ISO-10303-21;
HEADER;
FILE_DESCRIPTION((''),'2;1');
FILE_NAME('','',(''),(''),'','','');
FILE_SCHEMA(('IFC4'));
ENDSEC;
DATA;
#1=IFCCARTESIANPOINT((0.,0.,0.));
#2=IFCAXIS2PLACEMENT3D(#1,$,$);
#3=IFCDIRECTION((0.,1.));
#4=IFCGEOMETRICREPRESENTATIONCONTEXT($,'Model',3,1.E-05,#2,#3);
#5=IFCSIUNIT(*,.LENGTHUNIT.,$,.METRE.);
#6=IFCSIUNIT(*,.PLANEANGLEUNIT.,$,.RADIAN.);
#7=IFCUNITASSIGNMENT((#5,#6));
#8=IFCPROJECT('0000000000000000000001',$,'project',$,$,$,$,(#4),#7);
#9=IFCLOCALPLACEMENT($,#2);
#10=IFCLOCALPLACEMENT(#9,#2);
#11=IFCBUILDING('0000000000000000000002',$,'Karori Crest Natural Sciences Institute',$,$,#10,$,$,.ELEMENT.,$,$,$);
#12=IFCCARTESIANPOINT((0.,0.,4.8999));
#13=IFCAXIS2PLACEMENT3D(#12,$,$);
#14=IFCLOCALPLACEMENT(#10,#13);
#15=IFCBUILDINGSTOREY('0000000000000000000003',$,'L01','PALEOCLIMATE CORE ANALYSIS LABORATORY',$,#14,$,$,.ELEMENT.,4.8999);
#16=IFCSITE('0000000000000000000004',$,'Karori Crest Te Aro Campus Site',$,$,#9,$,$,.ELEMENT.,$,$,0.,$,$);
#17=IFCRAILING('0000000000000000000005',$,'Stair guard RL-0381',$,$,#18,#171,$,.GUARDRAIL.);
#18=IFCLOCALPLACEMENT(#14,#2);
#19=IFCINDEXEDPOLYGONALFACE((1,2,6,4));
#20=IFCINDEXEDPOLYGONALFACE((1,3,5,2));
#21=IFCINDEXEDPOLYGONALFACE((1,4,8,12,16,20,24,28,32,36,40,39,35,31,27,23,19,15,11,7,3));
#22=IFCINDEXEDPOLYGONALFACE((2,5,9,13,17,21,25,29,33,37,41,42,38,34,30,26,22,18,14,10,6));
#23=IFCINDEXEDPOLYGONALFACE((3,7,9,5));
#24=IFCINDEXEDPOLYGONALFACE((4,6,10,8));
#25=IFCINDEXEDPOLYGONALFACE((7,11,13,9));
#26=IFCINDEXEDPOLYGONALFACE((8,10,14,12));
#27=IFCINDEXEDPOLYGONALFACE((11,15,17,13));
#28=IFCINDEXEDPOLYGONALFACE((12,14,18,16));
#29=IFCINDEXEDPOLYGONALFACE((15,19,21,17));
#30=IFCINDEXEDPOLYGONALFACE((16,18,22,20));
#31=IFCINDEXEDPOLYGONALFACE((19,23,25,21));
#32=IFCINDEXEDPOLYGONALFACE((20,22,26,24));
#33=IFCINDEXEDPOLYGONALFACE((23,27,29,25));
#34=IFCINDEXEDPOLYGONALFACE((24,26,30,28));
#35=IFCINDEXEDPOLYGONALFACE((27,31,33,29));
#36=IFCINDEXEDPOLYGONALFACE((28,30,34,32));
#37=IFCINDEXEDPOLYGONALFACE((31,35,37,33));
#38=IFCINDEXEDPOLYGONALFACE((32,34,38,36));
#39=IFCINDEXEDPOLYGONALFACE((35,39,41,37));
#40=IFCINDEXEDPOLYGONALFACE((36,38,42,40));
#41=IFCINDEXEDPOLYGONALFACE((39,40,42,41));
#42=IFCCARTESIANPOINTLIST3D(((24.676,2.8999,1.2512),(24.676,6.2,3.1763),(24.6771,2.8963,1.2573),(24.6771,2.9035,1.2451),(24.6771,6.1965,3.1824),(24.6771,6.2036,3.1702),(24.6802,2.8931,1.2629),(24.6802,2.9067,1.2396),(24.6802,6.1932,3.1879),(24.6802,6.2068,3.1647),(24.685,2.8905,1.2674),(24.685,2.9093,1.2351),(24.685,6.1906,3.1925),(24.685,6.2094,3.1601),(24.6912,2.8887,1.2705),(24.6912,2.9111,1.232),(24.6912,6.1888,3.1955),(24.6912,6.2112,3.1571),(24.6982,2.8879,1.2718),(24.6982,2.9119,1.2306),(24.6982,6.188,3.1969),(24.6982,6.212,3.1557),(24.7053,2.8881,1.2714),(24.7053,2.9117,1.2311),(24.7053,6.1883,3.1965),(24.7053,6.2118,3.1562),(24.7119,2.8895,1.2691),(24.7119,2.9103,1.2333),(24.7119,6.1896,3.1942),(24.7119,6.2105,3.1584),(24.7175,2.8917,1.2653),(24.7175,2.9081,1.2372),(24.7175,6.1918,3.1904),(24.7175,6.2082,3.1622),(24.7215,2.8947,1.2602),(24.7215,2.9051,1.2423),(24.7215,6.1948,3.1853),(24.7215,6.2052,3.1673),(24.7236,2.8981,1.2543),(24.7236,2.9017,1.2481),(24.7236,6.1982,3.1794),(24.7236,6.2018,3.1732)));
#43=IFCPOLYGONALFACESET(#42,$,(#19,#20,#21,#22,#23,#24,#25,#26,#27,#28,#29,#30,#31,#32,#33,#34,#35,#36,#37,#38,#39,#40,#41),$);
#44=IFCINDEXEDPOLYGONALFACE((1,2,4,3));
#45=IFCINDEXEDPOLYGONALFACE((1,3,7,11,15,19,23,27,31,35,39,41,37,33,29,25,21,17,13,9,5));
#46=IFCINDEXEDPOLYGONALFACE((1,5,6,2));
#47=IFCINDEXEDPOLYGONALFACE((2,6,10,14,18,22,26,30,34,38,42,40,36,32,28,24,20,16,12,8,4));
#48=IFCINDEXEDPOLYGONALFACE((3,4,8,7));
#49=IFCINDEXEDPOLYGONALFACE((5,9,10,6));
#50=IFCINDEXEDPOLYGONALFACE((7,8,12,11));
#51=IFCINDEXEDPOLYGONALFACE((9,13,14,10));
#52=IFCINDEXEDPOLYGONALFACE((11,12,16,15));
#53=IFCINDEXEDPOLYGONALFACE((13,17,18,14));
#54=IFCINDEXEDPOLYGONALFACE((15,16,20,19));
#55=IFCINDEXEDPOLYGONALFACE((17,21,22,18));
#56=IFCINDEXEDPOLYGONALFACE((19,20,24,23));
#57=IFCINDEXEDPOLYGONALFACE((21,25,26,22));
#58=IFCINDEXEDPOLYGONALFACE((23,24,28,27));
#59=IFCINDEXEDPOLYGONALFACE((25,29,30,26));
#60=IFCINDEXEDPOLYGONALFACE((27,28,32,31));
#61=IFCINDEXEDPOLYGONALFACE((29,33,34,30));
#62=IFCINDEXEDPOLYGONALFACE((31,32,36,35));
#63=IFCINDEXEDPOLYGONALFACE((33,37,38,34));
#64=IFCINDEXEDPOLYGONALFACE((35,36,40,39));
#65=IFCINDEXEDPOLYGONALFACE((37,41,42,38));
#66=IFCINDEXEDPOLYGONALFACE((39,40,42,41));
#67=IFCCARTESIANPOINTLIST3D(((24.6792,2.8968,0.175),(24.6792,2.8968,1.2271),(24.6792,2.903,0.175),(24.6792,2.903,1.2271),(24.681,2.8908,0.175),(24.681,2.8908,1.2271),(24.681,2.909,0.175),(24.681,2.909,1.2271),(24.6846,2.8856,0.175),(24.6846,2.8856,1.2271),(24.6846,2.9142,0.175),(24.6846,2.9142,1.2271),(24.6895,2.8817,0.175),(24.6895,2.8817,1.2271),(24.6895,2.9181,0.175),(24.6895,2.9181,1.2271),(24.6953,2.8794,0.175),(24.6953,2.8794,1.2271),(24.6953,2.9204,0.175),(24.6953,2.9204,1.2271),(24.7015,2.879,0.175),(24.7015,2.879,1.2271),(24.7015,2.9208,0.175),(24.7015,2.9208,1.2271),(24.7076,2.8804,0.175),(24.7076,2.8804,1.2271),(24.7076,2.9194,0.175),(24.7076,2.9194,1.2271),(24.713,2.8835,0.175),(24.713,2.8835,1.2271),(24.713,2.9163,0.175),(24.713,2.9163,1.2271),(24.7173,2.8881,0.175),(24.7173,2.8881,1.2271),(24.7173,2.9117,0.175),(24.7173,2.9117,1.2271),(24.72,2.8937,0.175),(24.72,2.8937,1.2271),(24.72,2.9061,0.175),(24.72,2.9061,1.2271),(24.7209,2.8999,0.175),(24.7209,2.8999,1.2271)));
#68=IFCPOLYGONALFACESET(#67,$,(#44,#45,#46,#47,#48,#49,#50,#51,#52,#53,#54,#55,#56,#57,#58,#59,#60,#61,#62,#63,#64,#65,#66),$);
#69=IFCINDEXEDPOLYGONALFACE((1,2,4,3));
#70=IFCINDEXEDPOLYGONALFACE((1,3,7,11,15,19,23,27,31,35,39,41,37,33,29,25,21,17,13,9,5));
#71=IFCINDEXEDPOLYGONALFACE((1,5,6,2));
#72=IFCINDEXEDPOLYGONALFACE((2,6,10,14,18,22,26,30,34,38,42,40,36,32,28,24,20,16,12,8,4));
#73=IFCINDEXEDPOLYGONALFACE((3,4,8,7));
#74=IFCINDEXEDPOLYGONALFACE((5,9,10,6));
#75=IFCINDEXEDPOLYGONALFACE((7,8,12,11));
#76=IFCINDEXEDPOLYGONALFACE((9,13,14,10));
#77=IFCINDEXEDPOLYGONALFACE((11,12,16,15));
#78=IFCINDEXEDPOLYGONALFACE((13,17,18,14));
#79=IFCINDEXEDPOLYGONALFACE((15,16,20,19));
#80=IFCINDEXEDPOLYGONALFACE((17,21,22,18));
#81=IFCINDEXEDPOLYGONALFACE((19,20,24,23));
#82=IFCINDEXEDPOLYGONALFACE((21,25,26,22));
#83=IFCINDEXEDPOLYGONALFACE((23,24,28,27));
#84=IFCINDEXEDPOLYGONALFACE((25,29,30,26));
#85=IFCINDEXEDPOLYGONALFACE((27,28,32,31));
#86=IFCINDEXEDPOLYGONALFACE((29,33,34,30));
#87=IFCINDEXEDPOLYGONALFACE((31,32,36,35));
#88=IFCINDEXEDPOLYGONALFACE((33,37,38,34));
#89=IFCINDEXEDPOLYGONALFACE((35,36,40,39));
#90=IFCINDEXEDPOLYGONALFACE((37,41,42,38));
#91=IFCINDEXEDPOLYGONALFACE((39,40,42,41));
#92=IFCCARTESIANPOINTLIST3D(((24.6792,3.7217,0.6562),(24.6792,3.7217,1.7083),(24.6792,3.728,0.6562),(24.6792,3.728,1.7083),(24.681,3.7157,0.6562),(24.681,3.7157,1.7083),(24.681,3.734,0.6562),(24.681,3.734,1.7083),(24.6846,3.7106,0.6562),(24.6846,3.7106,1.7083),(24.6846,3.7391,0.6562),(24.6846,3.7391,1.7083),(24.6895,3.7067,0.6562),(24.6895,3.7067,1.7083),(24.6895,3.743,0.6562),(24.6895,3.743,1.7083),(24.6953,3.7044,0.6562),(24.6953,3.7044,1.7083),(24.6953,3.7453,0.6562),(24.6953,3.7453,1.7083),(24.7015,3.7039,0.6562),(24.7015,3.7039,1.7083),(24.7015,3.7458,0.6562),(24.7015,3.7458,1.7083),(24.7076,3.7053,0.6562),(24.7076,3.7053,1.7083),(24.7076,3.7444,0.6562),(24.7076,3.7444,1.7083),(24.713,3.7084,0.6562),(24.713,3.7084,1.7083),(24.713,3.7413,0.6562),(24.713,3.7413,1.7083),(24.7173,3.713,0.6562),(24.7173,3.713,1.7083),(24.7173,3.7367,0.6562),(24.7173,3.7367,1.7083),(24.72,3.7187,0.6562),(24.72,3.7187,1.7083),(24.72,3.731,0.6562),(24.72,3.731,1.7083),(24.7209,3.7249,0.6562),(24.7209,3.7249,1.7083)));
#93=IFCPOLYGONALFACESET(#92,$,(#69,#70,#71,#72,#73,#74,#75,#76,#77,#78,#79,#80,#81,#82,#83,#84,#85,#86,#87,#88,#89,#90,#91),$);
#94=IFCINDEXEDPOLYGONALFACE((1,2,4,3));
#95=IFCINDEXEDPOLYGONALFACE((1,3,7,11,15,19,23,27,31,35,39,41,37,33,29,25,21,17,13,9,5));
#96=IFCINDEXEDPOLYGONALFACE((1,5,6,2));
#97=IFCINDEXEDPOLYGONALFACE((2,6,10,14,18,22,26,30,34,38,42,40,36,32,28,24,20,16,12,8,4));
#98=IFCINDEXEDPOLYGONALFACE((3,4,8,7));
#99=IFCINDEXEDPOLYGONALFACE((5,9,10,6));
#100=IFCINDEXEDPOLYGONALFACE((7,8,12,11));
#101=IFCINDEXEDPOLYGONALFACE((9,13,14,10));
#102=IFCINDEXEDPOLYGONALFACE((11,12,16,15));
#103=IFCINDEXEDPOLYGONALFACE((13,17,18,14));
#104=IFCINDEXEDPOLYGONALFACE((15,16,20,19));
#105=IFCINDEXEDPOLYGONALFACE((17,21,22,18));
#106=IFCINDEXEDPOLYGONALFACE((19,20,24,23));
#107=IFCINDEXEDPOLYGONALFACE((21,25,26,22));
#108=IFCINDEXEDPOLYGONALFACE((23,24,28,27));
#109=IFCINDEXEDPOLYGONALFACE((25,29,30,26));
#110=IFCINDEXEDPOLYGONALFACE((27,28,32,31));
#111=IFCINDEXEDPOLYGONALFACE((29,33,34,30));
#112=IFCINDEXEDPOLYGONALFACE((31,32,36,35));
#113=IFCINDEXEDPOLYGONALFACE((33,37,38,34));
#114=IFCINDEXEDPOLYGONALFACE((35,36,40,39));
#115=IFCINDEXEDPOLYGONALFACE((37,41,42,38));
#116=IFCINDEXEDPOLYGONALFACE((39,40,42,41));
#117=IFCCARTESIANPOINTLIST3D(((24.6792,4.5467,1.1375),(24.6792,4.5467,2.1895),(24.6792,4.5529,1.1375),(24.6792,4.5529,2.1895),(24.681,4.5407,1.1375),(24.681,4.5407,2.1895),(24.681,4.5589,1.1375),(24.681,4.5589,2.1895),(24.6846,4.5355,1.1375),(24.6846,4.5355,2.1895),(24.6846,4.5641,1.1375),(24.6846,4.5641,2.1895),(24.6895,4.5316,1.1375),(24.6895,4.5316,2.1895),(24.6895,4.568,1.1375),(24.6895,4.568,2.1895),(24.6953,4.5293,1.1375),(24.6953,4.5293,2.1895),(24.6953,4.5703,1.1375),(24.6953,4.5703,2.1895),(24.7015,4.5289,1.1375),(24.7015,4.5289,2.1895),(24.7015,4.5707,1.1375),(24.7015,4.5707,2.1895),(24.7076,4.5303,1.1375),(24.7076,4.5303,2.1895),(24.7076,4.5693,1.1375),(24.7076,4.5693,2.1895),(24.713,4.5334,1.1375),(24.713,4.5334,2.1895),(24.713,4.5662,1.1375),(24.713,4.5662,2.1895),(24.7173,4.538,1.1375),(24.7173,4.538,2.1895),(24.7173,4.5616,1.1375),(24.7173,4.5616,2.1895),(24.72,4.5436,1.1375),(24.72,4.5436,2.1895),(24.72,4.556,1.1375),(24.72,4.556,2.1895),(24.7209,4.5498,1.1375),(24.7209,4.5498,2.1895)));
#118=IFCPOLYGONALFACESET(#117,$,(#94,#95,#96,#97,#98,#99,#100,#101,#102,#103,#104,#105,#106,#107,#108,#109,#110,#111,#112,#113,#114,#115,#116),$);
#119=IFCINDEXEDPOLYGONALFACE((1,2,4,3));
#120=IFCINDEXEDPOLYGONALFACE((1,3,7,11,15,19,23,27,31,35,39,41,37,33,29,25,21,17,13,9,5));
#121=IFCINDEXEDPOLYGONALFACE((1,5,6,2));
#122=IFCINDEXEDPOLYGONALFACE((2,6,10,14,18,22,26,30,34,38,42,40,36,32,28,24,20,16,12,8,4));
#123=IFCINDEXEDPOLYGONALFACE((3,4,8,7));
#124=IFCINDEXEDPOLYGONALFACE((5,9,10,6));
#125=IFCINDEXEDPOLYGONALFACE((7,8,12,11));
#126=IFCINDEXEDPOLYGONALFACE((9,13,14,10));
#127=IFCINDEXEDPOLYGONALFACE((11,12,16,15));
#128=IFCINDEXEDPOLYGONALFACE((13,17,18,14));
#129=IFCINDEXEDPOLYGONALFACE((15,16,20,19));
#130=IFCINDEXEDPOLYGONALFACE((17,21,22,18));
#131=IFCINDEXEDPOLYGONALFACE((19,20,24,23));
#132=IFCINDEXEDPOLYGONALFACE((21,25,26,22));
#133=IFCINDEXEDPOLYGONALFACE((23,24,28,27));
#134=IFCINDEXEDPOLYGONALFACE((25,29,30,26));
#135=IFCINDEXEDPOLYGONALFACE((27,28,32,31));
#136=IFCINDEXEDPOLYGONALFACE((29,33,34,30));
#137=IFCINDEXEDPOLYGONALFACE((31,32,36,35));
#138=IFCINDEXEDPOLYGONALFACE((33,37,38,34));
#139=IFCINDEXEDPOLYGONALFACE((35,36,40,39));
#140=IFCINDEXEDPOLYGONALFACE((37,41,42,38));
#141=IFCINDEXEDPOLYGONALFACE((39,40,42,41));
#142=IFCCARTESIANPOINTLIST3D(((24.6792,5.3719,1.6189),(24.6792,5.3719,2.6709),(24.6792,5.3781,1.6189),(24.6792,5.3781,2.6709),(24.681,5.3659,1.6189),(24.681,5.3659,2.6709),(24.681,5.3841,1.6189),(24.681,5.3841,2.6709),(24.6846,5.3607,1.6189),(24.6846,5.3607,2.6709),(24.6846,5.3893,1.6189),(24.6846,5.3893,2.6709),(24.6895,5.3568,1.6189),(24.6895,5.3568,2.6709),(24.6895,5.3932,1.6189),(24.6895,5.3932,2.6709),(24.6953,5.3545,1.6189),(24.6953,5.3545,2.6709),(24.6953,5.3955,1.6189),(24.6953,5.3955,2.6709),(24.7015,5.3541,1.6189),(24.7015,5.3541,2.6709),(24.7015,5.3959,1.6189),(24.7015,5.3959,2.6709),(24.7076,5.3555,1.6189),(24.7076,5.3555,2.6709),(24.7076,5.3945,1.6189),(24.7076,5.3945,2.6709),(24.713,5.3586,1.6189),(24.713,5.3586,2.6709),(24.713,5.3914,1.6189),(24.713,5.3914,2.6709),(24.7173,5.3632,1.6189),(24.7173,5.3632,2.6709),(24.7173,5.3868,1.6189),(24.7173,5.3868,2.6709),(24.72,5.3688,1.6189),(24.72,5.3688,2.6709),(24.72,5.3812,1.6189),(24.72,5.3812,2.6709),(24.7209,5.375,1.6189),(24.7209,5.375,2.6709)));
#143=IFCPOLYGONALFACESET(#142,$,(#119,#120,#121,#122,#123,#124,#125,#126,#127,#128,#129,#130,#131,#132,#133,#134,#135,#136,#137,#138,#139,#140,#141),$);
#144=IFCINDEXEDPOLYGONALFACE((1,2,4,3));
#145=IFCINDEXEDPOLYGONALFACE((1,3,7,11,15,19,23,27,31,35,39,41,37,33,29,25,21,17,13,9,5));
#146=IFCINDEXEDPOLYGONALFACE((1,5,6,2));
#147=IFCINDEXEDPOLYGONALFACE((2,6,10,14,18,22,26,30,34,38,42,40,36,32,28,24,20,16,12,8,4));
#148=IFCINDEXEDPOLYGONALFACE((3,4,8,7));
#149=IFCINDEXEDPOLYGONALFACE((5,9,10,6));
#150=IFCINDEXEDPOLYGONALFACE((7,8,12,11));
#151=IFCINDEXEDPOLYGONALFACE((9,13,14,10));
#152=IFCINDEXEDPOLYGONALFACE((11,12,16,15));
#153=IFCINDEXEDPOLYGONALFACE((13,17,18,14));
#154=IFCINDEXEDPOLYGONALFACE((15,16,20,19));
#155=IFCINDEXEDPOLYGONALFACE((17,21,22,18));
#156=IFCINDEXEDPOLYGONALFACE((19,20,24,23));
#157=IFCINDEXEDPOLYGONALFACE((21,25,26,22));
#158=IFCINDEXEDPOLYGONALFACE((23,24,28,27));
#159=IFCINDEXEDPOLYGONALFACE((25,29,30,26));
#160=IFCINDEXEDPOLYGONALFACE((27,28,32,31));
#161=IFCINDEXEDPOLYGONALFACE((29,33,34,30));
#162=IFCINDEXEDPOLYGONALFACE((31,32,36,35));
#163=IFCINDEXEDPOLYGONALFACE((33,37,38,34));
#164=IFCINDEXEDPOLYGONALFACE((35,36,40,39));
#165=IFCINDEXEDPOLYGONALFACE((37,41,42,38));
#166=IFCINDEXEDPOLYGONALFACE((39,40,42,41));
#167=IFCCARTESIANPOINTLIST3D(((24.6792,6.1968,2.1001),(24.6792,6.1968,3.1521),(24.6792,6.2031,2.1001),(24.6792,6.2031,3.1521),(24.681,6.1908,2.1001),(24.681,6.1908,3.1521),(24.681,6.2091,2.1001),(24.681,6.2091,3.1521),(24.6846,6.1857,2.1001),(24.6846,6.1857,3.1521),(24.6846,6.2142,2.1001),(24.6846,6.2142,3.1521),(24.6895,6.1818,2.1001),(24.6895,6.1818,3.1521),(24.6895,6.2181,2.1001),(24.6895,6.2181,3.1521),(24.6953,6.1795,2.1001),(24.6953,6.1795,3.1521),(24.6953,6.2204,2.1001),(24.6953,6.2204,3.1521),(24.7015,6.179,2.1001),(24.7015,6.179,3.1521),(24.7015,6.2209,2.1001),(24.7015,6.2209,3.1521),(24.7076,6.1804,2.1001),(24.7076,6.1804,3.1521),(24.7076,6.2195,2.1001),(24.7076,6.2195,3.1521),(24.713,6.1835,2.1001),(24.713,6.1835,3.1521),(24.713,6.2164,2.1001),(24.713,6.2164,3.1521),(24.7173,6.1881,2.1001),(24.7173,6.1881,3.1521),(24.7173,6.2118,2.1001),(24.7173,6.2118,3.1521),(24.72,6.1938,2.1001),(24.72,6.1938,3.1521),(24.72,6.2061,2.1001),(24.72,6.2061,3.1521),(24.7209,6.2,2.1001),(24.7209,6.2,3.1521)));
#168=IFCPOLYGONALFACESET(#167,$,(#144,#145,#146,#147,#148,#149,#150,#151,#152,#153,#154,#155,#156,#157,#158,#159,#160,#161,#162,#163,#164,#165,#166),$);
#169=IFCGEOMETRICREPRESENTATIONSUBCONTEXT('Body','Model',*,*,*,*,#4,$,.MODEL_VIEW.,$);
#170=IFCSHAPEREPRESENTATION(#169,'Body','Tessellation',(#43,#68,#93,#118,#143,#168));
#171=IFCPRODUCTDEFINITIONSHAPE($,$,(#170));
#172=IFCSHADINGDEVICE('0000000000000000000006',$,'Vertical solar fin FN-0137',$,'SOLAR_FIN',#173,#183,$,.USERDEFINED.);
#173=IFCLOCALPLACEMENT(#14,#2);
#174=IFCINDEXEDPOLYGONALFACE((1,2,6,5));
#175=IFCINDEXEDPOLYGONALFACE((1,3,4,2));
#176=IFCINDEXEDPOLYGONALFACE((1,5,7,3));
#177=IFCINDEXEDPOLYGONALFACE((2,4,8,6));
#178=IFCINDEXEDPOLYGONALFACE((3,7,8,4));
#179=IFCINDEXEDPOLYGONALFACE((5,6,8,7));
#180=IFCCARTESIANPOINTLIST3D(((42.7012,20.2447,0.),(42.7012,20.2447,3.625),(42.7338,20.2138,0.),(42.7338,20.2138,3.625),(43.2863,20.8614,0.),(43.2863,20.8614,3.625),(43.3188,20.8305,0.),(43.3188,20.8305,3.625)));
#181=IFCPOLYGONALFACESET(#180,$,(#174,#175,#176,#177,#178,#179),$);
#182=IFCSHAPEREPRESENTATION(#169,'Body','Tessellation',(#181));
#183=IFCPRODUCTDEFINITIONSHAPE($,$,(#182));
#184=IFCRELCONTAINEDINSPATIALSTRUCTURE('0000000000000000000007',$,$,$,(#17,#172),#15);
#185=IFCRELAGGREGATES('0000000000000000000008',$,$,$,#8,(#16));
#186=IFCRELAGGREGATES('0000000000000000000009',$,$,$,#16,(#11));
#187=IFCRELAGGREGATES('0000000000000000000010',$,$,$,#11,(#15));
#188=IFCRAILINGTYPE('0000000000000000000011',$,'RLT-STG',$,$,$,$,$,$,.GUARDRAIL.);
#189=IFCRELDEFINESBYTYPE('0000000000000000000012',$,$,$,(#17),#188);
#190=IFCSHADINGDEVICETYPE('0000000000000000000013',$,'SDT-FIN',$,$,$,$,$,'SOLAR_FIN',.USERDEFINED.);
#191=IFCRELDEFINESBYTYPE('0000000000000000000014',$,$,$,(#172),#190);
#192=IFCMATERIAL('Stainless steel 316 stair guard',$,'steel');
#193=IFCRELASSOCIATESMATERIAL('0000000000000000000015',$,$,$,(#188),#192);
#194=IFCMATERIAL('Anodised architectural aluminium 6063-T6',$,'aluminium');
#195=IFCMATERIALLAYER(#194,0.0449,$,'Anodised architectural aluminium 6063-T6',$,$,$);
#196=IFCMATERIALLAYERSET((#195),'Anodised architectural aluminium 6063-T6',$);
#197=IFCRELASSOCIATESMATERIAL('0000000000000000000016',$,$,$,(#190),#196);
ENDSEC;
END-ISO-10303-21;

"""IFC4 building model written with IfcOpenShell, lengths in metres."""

from ifc_helpers import new_model, si_unit, direction, frame, origin, origin_2d, place, context, subcontext, project, spatial, rectangle, circle, extrude, material, layer, layer_set, type_object, element, save


model = new_model("IFC4")

# Units and contexts
model_context = context("Model", 3, precision=1e-05, world=origin(), true_north=direction((0.0, 1.0)))
body_context = subcontext(model_context, "Body", "Model", "MODEL_VIEW")
ifc_project = project(units=[si_unit("LENGTHUNIT", "METRE"), si_unit("PLANEANGLEUNIT", "RADIAN")], contexts=[model_context])

# Site, building, storey
site_placement = place(None, origin())
site = spatial("IfcSite", under=ifc_project, at=site_placement, Name="Karori Crest Te Aro Campus Site", CompositionType="ELEMENT", RefElevation=0.0)
building_placement = place(site_placement, origin())
building = spatial("IfcBuilding", under=site, at=building_placement, Name="Karori Crest Natural Sciences Institute", CompositionType="ELEMENT")
storey_placement = place(building_placement, frame((0.0, 0.0, 4.8999)))
storey = spatial("IfcBuildingStorey", under=building, at=storey_placement, Name="L01", Description="PALEOCLIMATE CORE ANALYSIS LABORATORY", CompositionType="ELEMENT", Elevation=4.8999)

# Shared definitions
ifc_material_1 = material(Name="Anodised architectural aluminium 6063-T6", Category="aluminium")

# Railing
ifc_material_2 = material(Name="Stainless steel 316 stair guard", Category="steel")
railing_type_1 = type_object("IfcRailingType", Name="RLT-STG", PredefinedType="GUARDRAIL", material=ifc_material_2)
railing_1_placement = place(storey_placement, frame((24.7, 2.8999, 0.175)))
element("IfcRailing", 1, at=railing_1_placement, inside=storey, type_object=railing_type_1, Name="Stair guard RL-0381", PredefinedType="GUARDRAIL", context=body_context, shape_type="SweptSolid", body=[
    extrude(circle(Radius=0.0239, at=origin_2d()), frame((0.0, 0.0, 1.0762), z_axis=(0.0, 0.863777, 0.503875), x_axis=(-1.0, 0.0, 0.0)), (0.0, 0.0, 1.0), 3.8206),
    extrude(circle(Radius=0.021, at=origin_2d()), origin(), (0.0, 0.0, 1.0), 1.052),
    extrude(circle(Radius=0.021, at=origin_2d()), frame((0.0, 0.825, 0.4812)), (0.0, 0.0, 1.0), 1.052),
    extrude(circle(Radius=0.021, at=origin_2d()), frame((0.0, 1.6499, 0.9624)), (0.0, 0.0, 1.0), 1.052),
    extrude(circle(Radius=0.021, at=origin_2d()), frame((0.0, 2.4751, 1.4438)), (0.0, 0.0, 1.0), 1.052),
    extrude(circle(Radius=0.021, at=origin_2d()), frame((0.0, 3.3, 1.925)), (0.0, 0.0, 1.0), 1.052),
])

# Shading device
ifc_layer_1 = layer(ifc_material_1, 0.0449, Name="Anodised architectural aluminium 6063-T6")
ifc_layer_set_1 = layer_set([ifc_layer_1], Name="Anodised architectural aluminium 6063-T6")
shading_device_type = type_object("IfcShadingDeviceType", Name="SDT-FIN", ElementType="SOLAR_FIN", PredefinedType="USERDEFINED", material=ifc_layer_set_1)
shading_device_placement = place(storey_placement, frame((43.01, 20.5376, 0.0), z_axis=(0.0, 0.0, 1.0), x_axis=(-0.688246, -0.725478, 0.0)))
element("IfcShadingDevice", 2, at=shading_device_placement, inside=storey, type_object=shading_device_type, Name="Vertical solar fin FN-0137", ObjectType="SOLAR_FIN", PredefinedType="USERDEFINED", context=body_context, shape_type="SweptSolid", body=[
    extrude(rectangle(XDim=0.8501, YDim=0.0449, at=origin_2d()), origin(), (0.0, 0.0, 1.0), 3.625),
])

save(model, "model.ifc")
